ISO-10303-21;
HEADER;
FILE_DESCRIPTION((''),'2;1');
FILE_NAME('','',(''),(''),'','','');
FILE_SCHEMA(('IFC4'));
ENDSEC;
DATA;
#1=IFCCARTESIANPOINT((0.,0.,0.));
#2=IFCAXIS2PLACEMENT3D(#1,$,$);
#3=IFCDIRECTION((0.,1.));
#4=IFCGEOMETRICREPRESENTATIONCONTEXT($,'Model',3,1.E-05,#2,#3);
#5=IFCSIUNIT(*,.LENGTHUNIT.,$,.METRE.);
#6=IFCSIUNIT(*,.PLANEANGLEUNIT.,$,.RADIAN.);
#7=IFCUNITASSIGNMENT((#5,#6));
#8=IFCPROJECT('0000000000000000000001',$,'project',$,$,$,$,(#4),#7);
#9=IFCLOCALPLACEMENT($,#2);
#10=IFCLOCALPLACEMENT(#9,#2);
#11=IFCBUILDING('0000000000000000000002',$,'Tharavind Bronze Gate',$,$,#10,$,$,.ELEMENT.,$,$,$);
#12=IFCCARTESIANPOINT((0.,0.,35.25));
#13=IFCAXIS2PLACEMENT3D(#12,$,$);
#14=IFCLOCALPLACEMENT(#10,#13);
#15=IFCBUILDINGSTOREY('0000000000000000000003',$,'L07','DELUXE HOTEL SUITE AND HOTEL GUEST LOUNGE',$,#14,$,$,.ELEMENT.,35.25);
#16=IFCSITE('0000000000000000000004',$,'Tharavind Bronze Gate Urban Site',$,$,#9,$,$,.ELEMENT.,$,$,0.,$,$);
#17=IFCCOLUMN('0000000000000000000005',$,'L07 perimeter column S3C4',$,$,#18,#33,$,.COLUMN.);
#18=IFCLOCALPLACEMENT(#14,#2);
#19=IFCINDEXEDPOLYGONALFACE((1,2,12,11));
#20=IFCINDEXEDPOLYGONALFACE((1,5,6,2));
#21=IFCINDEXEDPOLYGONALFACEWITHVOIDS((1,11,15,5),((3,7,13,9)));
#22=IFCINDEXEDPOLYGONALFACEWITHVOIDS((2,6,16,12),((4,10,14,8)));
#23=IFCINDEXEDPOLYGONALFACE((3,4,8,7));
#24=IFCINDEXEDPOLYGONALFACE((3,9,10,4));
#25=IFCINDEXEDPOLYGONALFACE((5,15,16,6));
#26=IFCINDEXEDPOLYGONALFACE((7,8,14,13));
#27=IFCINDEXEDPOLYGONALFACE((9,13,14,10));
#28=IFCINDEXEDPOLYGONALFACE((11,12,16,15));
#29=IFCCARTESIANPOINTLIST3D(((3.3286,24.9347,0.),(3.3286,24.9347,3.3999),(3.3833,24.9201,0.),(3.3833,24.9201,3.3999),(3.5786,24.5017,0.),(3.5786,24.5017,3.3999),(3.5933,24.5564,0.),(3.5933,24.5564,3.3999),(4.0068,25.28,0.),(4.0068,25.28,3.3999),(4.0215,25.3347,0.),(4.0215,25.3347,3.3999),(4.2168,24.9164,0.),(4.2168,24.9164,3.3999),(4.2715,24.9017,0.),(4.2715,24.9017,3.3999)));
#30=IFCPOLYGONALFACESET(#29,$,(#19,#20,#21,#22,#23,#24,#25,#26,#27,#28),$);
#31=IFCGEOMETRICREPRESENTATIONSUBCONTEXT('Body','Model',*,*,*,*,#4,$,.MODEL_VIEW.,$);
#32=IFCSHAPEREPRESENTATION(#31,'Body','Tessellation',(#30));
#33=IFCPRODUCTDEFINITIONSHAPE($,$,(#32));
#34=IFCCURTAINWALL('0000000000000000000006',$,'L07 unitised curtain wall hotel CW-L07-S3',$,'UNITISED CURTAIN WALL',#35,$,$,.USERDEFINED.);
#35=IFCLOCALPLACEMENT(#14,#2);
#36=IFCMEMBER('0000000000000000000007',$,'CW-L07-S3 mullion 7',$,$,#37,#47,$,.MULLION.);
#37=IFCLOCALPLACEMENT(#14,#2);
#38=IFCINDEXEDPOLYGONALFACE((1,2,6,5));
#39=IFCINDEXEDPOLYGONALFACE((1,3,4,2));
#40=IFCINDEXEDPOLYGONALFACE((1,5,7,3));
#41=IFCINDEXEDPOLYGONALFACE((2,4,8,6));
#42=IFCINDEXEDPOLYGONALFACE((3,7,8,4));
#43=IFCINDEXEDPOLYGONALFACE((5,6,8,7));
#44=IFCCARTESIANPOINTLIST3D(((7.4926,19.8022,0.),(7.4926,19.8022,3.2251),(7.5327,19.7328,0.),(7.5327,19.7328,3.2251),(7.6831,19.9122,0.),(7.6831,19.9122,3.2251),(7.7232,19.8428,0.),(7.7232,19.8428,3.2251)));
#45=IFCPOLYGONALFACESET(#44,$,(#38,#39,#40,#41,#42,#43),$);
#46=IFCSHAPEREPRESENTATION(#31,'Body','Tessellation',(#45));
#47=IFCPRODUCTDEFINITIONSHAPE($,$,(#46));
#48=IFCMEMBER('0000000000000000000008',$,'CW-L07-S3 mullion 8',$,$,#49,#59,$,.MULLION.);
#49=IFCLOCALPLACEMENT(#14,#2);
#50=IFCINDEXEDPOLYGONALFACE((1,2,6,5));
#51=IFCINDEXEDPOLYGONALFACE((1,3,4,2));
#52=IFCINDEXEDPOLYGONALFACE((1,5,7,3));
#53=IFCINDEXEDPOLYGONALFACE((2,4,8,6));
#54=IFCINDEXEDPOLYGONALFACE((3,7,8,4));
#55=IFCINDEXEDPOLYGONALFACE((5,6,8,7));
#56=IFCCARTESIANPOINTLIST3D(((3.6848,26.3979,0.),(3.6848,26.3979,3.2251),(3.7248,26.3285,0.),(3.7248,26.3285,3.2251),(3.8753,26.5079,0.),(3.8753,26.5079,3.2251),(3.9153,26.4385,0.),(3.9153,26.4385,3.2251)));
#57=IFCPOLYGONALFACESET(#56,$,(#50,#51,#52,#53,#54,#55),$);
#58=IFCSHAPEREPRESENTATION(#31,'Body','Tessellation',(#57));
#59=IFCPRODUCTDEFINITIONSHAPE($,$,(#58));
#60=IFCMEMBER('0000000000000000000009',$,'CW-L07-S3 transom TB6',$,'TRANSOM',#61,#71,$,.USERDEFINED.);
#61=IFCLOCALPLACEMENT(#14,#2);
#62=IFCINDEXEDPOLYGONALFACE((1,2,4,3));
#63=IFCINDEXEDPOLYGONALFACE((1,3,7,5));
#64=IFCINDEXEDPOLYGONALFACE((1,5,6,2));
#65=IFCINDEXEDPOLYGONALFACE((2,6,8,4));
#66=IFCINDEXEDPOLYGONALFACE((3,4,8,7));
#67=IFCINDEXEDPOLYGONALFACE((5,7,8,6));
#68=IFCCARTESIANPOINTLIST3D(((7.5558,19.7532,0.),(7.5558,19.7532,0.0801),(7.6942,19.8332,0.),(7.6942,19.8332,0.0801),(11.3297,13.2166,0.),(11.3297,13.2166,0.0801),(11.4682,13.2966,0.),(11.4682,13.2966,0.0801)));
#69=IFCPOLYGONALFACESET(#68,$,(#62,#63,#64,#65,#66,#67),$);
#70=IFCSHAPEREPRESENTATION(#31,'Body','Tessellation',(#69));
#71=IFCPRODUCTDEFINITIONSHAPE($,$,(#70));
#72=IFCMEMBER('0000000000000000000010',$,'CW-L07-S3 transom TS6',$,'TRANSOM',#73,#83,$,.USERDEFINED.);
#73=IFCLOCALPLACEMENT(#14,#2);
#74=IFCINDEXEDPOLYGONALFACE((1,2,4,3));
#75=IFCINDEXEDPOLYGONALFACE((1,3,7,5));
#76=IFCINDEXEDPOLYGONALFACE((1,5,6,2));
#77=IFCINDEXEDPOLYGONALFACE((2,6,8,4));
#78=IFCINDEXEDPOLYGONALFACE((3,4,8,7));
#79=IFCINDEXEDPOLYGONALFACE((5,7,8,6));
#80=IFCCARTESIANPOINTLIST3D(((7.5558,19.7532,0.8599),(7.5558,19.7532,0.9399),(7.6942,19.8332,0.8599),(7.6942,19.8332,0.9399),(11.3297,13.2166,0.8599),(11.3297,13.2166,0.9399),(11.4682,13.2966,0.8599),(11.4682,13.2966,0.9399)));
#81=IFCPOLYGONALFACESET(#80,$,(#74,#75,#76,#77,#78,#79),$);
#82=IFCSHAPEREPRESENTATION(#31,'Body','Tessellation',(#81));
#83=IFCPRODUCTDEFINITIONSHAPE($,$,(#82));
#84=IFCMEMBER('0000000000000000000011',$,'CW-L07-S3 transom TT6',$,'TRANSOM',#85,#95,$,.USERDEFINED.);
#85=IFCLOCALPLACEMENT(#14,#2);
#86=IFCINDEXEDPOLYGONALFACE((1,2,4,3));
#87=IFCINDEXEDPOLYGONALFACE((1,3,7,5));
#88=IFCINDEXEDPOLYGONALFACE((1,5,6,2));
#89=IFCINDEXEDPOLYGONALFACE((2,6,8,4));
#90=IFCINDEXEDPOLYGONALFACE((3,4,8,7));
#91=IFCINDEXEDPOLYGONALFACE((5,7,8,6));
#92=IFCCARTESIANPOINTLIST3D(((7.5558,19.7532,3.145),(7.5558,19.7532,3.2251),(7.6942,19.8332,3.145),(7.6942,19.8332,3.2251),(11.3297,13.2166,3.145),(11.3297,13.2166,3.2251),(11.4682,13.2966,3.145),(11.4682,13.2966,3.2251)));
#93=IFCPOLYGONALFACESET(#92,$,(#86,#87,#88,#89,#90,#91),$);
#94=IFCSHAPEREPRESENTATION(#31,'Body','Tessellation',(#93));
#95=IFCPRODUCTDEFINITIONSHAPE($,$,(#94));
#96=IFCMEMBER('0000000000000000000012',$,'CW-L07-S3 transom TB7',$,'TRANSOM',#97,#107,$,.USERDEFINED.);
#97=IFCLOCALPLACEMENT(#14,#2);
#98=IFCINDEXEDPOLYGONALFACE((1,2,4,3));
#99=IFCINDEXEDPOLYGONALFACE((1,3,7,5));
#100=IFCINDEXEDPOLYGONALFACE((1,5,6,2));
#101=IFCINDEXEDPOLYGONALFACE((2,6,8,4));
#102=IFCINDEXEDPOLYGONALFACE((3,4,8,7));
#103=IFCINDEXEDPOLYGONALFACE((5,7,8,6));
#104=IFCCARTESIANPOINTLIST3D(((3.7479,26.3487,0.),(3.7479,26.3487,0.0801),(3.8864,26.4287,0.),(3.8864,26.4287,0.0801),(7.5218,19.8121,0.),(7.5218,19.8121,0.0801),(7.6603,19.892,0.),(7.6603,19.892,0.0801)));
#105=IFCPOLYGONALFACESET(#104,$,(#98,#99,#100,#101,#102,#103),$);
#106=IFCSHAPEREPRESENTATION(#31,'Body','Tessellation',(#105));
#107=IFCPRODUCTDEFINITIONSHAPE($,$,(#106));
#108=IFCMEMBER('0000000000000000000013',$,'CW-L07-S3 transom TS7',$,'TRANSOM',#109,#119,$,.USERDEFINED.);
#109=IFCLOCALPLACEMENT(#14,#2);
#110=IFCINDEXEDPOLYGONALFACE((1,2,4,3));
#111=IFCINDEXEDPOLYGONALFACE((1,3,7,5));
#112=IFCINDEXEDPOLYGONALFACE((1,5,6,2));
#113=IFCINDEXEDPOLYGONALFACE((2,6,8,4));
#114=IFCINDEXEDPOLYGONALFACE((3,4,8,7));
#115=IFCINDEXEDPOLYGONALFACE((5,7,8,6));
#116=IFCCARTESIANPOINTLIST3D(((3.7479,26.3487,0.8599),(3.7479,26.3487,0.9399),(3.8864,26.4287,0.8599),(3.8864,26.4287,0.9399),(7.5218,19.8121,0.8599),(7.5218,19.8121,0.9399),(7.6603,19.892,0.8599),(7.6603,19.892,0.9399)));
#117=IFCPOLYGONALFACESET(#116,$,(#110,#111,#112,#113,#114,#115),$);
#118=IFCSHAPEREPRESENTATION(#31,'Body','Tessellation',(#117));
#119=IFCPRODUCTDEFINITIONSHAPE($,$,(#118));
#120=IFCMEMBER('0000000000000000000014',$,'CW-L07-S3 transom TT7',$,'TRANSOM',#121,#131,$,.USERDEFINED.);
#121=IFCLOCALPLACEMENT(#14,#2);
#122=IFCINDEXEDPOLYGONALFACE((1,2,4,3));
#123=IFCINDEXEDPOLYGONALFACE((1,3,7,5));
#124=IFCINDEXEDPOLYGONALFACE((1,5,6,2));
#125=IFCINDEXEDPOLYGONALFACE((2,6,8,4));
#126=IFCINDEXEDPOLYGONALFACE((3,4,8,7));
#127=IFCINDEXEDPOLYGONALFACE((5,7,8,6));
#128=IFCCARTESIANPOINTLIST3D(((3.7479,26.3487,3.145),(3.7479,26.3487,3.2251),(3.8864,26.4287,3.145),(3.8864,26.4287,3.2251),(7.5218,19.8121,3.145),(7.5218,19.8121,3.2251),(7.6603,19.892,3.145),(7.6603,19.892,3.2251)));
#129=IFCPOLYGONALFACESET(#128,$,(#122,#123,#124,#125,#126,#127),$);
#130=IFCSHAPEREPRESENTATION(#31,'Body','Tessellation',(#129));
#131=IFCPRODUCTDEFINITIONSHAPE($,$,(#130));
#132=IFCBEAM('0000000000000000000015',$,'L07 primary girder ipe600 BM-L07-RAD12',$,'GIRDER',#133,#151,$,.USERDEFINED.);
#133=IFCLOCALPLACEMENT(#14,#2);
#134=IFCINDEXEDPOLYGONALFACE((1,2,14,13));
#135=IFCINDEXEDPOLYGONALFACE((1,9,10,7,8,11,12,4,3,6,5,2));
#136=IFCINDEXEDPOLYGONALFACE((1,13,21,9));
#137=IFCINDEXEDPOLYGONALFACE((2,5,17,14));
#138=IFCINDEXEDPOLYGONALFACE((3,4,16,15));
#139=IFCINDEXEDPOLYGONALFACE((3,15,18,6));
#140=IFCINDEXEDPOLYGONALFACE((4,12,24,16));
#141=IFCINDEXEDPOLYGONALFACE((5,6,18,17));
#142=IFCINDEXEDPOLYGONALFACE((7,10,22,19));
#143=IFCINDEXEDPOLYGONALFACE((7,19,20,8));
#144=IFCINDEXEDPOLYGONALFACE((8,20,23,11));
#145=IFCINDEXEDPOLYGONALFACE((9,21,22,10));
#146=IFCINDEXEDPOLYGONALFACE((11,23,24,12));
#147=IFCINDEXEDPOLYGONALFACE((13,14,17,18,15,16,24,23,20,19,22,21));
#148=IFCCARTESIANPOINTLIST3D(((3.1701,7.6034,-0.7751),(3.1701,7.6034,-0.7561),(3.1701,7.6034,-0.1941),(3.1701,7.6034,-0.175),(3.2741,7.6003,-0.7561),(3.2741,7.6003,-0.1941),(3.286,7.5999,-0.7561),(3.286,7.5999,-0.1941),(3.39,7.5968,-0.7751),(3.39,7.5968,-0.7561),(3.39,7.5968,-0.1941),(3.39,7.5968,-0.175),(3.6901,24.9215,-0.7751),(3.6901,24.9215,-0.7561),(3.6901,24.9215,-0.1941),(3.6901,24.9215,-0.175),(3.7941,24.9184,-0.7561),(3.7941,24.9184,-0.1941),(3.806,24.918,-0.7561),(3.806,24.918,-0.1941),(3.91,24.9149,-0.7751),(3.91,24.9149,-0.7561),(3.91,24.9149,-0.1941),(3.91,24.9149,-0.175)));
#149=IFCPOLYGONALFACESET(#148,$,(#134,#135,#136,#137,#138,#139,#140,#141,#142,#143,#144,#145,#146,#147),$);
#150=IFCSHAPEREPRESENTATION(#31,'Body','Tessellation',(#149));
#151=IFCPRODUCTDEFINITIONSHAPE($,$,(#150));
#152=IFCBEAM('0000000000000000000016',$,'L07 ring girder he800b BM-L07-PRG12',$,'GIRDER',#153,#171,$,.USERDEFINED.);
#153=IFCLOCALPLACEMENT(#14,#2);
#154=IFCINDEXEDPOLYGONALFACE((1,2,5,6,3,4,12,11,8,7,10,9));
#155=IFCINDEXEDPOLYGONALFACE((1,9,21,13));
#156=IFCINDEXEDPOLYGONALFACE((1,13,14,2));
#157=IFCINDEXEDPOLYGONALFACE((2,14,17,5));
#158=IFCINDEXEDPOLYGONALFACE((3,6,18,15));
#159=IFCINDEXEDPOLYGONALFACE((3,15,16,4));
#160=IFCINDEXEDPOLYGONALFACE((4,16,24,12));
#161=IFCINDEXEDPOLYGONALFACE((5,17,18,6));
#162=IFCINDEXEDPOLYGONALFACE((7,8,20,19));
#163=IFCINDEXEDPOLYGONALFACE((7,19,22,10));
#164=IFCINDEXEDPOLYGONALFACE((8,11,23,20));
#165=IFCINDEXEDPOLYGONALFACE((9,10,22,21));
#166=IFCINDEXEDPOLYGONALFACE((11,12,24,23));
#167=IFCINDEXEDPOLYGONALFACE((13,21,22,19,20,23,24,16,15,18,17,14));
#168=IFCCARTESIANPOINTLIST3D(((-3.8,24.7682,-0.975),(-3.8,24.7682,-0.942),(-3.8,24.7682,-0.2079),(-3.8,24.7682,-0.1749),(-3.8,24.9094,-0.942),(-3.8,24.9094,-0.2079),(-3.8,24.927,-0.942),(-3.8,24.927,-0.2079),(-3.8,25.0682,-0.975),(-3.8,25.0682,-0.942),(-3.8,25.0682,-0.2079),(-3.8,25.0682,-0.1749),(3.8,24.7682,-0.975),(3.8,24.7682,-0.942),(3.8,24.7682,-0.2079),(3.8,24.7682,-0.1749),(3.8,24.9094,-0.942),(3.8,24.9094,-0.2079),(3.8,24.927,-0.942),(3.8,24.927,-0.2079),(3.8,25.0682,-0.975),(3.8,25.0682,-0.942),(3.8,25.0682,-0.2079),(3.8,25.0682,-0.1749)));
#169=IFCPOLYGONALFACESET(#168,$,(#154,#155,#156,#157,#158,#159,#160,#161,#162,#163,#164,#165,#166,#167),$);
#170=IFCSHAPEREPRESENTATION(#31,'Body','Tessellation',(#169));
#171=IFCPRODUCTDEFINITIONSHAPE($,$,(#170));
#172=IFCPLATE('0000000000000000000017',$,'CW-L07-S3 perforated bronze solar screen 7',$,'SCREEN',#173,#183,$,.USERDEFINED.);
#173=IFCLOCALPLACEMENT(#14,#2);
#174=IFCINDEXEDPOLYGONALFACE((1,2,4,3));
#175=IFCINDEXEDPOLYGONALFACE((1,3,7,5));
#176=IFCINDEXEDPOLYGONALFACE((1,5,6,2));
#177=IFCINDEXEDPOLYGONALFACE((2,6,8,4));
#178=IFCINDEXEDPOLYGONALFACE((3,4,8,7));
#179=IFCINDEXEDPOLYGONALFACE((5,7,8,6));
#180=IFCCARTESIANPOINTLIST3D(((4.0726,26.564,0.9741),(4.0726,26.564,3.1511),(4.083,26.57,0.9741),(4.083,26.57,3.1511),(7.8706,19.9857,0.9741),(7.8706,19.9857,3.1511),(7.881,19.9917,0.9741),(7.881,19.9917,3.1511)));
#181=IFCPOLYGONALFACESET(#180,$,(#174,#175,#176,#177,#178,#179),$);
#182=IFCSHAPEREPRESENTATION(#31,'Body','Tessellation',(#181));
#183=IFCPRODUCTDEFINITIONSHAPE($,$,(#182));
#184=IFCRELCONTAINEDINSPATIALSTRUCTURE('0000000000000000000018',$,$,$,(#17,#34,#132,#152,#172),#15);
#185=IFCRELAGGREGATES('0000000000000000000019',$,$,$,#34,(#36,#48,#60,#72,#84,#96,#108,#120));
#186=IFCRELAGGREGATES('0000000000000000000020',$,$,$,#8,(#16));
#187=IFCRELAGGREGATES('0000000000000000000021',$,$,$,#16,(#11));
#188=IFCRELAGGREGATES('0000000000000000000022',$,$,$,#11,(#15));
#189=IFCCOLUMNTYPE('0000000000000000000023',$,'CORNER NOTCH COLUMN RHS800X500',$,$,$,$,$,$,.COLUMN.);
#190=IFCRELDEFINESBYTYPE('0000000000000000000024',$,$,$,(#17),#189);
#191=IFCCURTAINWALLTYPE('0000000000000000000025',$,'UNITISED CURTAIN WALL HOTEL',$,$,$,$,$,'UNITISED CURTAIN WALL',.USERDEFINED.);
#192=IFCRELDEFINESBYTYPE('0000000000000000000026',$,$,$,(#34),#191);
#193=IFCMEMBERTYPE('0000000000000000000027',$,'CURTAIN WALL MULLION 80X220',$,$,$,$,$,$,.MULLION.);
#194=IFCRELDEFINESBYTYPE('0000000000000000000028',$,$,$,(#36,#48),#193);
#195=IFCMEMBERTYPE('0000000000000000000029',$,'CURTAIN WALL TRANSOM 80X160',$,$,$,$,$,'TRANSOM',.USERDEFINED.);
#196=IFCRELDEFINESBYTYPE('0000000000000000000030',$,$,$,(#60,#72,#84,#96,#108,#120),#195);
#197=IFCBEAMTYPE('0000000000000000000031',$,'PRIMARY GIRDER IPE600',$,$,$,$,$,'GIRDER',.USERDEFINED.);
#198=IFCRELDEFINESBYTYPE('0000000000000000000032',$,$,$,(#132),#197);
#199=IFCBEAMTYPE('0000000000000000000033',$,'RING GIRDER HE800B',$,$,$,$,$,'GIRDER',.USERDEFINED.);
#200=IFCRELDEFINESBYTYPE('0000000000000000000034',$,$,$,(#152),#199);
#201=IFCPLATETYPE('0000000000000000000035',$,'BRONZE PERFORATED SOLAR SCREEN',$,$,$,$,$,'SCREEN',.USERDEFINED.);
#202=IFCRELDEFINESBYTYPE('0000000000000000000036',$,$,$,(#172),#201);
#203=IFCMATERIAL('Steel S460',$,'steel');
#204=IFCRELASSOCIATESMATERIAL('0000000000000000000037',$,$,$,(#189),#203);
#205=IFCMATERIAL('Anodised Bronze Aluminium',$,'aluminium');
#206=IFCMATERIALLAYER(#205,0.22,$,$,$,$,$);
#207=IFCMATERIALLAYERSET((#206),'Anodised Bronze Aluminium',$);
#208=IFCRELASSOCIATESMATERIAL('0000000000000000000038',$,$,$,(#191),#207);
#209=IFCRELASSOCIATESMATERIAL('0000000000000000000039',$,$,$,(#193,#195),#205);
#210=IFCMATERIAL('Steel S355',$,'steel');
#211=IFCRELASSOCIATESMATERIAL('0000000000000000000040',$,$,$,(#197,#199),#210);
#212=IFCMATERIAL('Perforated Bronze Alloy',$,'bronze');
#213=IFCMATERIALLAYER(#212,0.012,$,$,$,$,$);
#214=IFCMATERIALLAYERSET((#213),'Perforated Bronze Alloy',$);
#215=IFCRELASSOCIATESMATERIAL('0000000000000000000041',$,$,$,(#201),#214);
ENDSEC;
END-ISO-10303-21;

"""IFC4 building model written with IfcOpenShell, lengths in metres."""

from ifc_helpers import new_model, si_unit, direction, frame, origin, origin_2d, place, context, subcontext, project, spatial, rectangle, hollow_rectangle, i_section, extrude, material, layer, layer_set, material_profile, profile_set, type_object, element, aggregate, save


model = new_model("IFC4")

# Units and contexts
model_context = context("Model", 3, precision=1e-05, world=origin(), true_north=direction((0.0, 1.0)))
body_context = subcontext(model_context, "Body", "Model", "MODEL_VIEW")
ifc_project = project(units=[si_unit("LENGTHUNIT", "METRE"), si_unit("PLANEANGLEUNIT", "RADIAN")], contexts=[model_context])

# Site, building, storey
site_placement = place(None, origin())
site = spatial("IfcSite", under=ifc_project, at=site_placement, Name="Tharavind Bronze Gate Urban Site", CompositionType="ELEMENT", RefElevation=0.0)
building_placement = place(site_placement, origin())
building = spatial("IfcBuilding", under=site, at=building_placement, Name="Tharavind Bronze Gate", CompositionType="ELEMENT")
storey_placement = place(building_placement, frame((0.0, 0.0, 35.25)))
storey = spatial("IfcBuildingStorey", under=building, at=storey_placement, Name="L07", Description="DELUXE HOTEL SUITE AND HOTEL GUEST LOUNGE", CompositionType="ELEMENT", Elevation=35.25)

# Column
ifc_material_1 = material(Name="Steel S460", Category="steel")
ifc_material_profile_1 = material_profile(ifc_material_1, hollow_rectangle(XDim=0.5, YDim=0.8, WallThickness=0.04, at=origin_2d()), Name="RHS800X500X40")
ifc_profile_set_1 = profile_set([ifc_material_profile_1], Name="Steel S460")
column_type = type_object("IfcColumnType", Name="CORNER NOTCH COLUMN RHS800X500", PredefinedType="COLUMN", material=ifc_profile_set_1)
column_placement = place(storey_placement, frame((3.8, 24.9182, 0.0), z_axis=(0.0, 0.0, 1.0), x_axis=(-0.500002, 0.866025, 0.0)))
element("IfcColumn", 1, at=column_placement, inside=storey, type_object=column_type, Name="L07 perimeter column S3C4", PredefinedType="COLUMN", context=body_context, shape_type="SweptSolid", body=[
    extrude(hollow_rectangle(XDim=0.5, YDim=0.8, WallThickness=0.04, at=origin_2d()), origin(), (0.0, 0.0, 1.0), 3.3999),
])

# Curtain wall, members
ifc_material_2 = material(Name="Anodised Bronze Aluminium", Category="aluminium")
ifc_layer_1 = layer(ifc_material_2, 0.22)
ifc_layer_set_1 = layer_set([ifc_layer_1], Name="Anodised Bronze Aluminium")
curtain_wall_type = type_object("IfcCurtainWallType", Name="UNITISED CURTAIN WALL HOTEL", ElementType="UNITISED CURTAIN WALL", PredefinedType="USERDEFINED", material=ifc_layer_set_1)
curtain_wall_placement = place(storey_placement, origin())
curtain_wall = element("IfcCurtainWall", 2, at=curtain_wall_placement, inside=storey, type_object=curtain_wall_type, Name="L07 unitised curtain wall hotel CW-L07-S3", ObjectType="UNITISED CURTAIN WALL", PredefinedType="USERDEFINED")
member_type_1 = type_object("IfcMemberType", Name="CURTAIN WALL MULLION 80X220", PredefinedType="MULLION", material=ifc_material_2)
member_1_placement = place(storey_placement, frame((7.6079, 19.8225, 0.0), z_axis=(0.0, 0.0, 1.0), x_axis=(-0.500002, 0.866025, 0.0)))
member_1 = element("IfcMember", 3, at=member_1_placement, type_object=member_type_1, Name="CW-L07-S3 mullion 7", PredefinedType="MULLION", context=body_context, shape_type="SweptSolid", body=[
    extrude(rectangle(XDim=0.0801, YDim=0.22, at=origin_2d()), origin(), (0.0, 0.0, 1.0), 3.2251),
])
member_2_placement = place(storey_placement, frame((3.8, 26.4182, 0.0), z_axis=(0.0, 0.0, 1.0), x_axis=(-0.500002, 0.866025, 0.0)))
member_2 = element("IfcMember", 4, at=member_2_placement, type_object=member_type_1, Name="CW-L07-S3 mullion 8", PredefinedType="MULLION", context=body_context, shape_type="SweptSolid", body=[
    extrude(rectangle(XDim=0.0801, YDim=0.22, at=origin_2d()), origin(), (0.0, 0.0, 1.0), 3.2251),
])
member_type_2 = type_object("IfcMemberType", Name="CURTAIN WALL TRANSOM 80X160", ElementType="TRANSOM", PredefinedType="USERDEFINED", material=ifc_material_2)
member_3_placement = place(storey_placement, frame((9.512, 16.5249, 0.0), z_axis=(0.0, 0.0, 1.0), x_axis=(-0.500002, 0.866025, 0.0)))
member_3 = element("IfcMember", 5, at=member_3_placement, type_object=member_type_2, Name="CW-L07-S3 transom TB6", ObjectType="TRANSOM", PredefinedType="USERDEFINED", context=body_context, shape_type="SweptSolid", body=[
    extrude(rectangle(XDim=7.5479, YDim=0.1599, at=origin_2d()), origin(), (0.0, 0.0, 1.0), 0.0801),
])
member_4_placement = place(storey_placement, frame((9.512, 16.5249, 0.8599), z_axis=(0.0, 0.0, 1.0), x_axis=(-0.500002, 0.866025, 0.0)))
member_4 = element("IfcMember", 6, at=member_4_placement, type_object=member_type_2, Name="CW-L07-S3 transom TS6", ObjectType="TRANSOM", PredefinedType="USERDEFINED", context=body_context, shape_type="SweptSolid", body=[
    extrude(rectangle(XDim=7.5479, YDim=0.1599, at=origin_2d()), origin(), (0.0, 0.0, 1.0), 0.0801),
])
member_5_placement = place(storey_placement, frame((9.512, 16.5249, 3.145), z_axis=(0.0, 0.0, 1.0), x_axis=(-0.500002, 0.866025, 0.0)))
member_5 = element("IfcMember", 7, at=member_5_placement, type_object=member_type_2, Name="CW-L07-S3 transom TT6", ObjectType="TRANSOM", PredefinedType="USERDEFINED", context=body_context, shape_type="SweptSolid", body=[
    extrude(rectangle(XDim=7.5479, YDim=0.1599, at=origin_2d()), origin(), (0.0, 0.0, 1.0), 0.0801),
])
member_6_placement = place(storey_placement, frame((5.7041, 23.1204, 0.0), z_axis=(0.0, 0.0, 1.0), x_axis=(-0.500002, 0.866025, 0.0)))
member_6 = element("IfcMember", 8, at=member_6_placement, type_object=member_type_2, Name="CW-L07-S3 transom TB7", ObjectType="TRANSOM", PredefinedType="USERDEFINED", context=body_context, shape_type="SweptSolid", body=[
    extrude(rectangle(XDim=7.5479, YDim=0.1599, at=origin_2d()), origin(), (0.0, 0.0, 1.0), 0.0801),
])
member_7_placement = place(storey_placement, frame((5.7041, 23.1204, 0.8599), z_axis=(0.0, 0.0, 1.0), x_axis=(-0.500002, 0.866025, 0.0)))
member_7 = element("IfcMember", 9, at=member_7_placement, type_object=member_type_2, Name="CW-L07-S3 transom TS7", ObjectType="TRANSOM", PredefinedType="USERDEFINED", context=body_context, shape_type="SweptSolid", body=[
    extrude(rectangle(XDim=7.5479, YDim=0.1599, at=origin_2d()), origin(), (0.0, 0.0, 1.0), 0.0801),
])
member_8_placement = place(storey_placement, frame((5.7041, 23.1204, 3.145), z_axis=(0.0, 0.0, 1.0), x_axis=(-0.500002, 0.866025, 0.0)))
member_8 = element("IfcMember", 10, at=member_8_placement, type_object=member_type_2, Name="CW-L07-S3 transom TT7", ObjectType="TRANSOM", PredefinedType="USERDEFINED", context=body_context, shape_type="SweptSolid", body=[
    extrude(rectangle(XDim=7.5479, YDim=0.1599, at=origin_2d()), origin(), (0.0, 0.0, 1.0), 0.0801),
])

# Beams
ifc_material_3 = material(Name="Steel S355", Category="steel")
ifc_material_profile_2 = material_profile(ifc_material_3, i_section(OverallWidth=0.22, OverallDepth=0.6001, WebThickness=0.012, FlangeThickness=0.019, at=origin_2d()), Name="IPE600")
ifc_profile_set_2 = profile_set([ifc_material_profile_2], Name="Steel S355")
beam_type_1 = type_object("IfcBeamType", Name="PRIMARY GIRDER IPE600", ElementType="GIRDER", PredefinedType="USERDEFINED", material=ifc_profile_set_2)
beam_1_placement = place(storey_placement, frame((3.8, 24.9182, -0.4751), z_axis=(-0.030014, -0.999549, 0.0), x_axis=(0.999549, -0.030014, 0.0)))
element("IfcBeam", 11, at=beam_1_placement, inside=storey, type_object=beam_type_1, Name="L07 primary girder ipe600 BM-L07-RAD12", ObjectType="GIRDER", PredefinedType="USERDEFINED", context=body_context, shape_type="SweptSolid", body=[
    extrude(i_section(OverallWidth=0.22, OverallDepth=0.6001, WebThickness=0.012, FlangeThickness=0.019, at=origin_2d()), origin(), (0.0, 0.0, 1.0), 17.3259),
])
ifc_material_profile_3 = material_profile(ifc_material_3, i_section(OverallWidth=0.3, OverallDepth=0.8, WebThickness=0.0176, FlangeThickness=0.033, at=origin_2d()), Name="HE800B")
ifc_profile_set_3 = profile_set([ifc_material_profile_3], Name="Steel S355")
beam_type_2 = type_object("IfcBeamType", Name="RING GIRDER HE800B", ElementType="GIRDER", PredefinedType="USERDEFINED", material=ifc_profile_set_3)
beam_2_placement = place(storey_placement, frame((3.8, 24.9182, -0.575), z_axis=(-1.0, 0.0, 0.0), x_axis=(0.0, -1.0, 0.0)))
element("IfcBeam", 12, at=beam_2_placement, inside=storey, type_object=beam_type_2, Name="L07 ring girder he800b BM-L07-PRG12", ObjectType="GIRDER", PredefinedType="USERDEFINED", context=body_context, shape_type="SweptSolid", body=[
    extrude(i_section(OverallWidth=0.3, OverallDepth=0.8, WebThickness=0.0176, FlangeThickness=0.033, at=origin_2d()), origin(), (0.0, 0.0, 1.0), 7.6001),
])

# Plate
ifc_material_4 = material(Name="Perforated Bronze Alloy", Category="bronze")
ifc_layer_2 = layer(ifc_material_4, 0.012)
ifc_layer_set_2 = layer_set([ifc_layer_2], Name="Perforated Bronze Alloy")
plate_type_1 = type_object("IfcPlateType", Name="BRONZE PERFORATED SOLAR SCREEN", ElementType="SCREEN", PredefinedType="USERDEFINED", material=ifc_layer_set_2)
plate_1_placement = place(storey_placement, frame((5.9768, 23.2778, 0.9741), z_axis=(0.0, 0.0, 1.0), x_axis=(-0.500002, 0.866025, 0.0)))
element("IfcPlate", 13, at=plate_1_placement, inside=storey, type_object=plate_type_1, Name="CW-L07-S3 perforated bronze solar screen 7", ObjectType="SCREEN", PredefinedType="USERDEFINED", context=body_context, shape_type="SweptSolid", body=[
    extrude(rectangle(XDim=7.5959, YDim=0.012, at=origin_2d()), origin(), (0.0, 0.0, 1.0), 2.177),
])
aggregate(curtain_wall, [member_1, member_2, member_3, member_4, member_5, member_6, member_7, member_8])

save(model, "model.ifc")
